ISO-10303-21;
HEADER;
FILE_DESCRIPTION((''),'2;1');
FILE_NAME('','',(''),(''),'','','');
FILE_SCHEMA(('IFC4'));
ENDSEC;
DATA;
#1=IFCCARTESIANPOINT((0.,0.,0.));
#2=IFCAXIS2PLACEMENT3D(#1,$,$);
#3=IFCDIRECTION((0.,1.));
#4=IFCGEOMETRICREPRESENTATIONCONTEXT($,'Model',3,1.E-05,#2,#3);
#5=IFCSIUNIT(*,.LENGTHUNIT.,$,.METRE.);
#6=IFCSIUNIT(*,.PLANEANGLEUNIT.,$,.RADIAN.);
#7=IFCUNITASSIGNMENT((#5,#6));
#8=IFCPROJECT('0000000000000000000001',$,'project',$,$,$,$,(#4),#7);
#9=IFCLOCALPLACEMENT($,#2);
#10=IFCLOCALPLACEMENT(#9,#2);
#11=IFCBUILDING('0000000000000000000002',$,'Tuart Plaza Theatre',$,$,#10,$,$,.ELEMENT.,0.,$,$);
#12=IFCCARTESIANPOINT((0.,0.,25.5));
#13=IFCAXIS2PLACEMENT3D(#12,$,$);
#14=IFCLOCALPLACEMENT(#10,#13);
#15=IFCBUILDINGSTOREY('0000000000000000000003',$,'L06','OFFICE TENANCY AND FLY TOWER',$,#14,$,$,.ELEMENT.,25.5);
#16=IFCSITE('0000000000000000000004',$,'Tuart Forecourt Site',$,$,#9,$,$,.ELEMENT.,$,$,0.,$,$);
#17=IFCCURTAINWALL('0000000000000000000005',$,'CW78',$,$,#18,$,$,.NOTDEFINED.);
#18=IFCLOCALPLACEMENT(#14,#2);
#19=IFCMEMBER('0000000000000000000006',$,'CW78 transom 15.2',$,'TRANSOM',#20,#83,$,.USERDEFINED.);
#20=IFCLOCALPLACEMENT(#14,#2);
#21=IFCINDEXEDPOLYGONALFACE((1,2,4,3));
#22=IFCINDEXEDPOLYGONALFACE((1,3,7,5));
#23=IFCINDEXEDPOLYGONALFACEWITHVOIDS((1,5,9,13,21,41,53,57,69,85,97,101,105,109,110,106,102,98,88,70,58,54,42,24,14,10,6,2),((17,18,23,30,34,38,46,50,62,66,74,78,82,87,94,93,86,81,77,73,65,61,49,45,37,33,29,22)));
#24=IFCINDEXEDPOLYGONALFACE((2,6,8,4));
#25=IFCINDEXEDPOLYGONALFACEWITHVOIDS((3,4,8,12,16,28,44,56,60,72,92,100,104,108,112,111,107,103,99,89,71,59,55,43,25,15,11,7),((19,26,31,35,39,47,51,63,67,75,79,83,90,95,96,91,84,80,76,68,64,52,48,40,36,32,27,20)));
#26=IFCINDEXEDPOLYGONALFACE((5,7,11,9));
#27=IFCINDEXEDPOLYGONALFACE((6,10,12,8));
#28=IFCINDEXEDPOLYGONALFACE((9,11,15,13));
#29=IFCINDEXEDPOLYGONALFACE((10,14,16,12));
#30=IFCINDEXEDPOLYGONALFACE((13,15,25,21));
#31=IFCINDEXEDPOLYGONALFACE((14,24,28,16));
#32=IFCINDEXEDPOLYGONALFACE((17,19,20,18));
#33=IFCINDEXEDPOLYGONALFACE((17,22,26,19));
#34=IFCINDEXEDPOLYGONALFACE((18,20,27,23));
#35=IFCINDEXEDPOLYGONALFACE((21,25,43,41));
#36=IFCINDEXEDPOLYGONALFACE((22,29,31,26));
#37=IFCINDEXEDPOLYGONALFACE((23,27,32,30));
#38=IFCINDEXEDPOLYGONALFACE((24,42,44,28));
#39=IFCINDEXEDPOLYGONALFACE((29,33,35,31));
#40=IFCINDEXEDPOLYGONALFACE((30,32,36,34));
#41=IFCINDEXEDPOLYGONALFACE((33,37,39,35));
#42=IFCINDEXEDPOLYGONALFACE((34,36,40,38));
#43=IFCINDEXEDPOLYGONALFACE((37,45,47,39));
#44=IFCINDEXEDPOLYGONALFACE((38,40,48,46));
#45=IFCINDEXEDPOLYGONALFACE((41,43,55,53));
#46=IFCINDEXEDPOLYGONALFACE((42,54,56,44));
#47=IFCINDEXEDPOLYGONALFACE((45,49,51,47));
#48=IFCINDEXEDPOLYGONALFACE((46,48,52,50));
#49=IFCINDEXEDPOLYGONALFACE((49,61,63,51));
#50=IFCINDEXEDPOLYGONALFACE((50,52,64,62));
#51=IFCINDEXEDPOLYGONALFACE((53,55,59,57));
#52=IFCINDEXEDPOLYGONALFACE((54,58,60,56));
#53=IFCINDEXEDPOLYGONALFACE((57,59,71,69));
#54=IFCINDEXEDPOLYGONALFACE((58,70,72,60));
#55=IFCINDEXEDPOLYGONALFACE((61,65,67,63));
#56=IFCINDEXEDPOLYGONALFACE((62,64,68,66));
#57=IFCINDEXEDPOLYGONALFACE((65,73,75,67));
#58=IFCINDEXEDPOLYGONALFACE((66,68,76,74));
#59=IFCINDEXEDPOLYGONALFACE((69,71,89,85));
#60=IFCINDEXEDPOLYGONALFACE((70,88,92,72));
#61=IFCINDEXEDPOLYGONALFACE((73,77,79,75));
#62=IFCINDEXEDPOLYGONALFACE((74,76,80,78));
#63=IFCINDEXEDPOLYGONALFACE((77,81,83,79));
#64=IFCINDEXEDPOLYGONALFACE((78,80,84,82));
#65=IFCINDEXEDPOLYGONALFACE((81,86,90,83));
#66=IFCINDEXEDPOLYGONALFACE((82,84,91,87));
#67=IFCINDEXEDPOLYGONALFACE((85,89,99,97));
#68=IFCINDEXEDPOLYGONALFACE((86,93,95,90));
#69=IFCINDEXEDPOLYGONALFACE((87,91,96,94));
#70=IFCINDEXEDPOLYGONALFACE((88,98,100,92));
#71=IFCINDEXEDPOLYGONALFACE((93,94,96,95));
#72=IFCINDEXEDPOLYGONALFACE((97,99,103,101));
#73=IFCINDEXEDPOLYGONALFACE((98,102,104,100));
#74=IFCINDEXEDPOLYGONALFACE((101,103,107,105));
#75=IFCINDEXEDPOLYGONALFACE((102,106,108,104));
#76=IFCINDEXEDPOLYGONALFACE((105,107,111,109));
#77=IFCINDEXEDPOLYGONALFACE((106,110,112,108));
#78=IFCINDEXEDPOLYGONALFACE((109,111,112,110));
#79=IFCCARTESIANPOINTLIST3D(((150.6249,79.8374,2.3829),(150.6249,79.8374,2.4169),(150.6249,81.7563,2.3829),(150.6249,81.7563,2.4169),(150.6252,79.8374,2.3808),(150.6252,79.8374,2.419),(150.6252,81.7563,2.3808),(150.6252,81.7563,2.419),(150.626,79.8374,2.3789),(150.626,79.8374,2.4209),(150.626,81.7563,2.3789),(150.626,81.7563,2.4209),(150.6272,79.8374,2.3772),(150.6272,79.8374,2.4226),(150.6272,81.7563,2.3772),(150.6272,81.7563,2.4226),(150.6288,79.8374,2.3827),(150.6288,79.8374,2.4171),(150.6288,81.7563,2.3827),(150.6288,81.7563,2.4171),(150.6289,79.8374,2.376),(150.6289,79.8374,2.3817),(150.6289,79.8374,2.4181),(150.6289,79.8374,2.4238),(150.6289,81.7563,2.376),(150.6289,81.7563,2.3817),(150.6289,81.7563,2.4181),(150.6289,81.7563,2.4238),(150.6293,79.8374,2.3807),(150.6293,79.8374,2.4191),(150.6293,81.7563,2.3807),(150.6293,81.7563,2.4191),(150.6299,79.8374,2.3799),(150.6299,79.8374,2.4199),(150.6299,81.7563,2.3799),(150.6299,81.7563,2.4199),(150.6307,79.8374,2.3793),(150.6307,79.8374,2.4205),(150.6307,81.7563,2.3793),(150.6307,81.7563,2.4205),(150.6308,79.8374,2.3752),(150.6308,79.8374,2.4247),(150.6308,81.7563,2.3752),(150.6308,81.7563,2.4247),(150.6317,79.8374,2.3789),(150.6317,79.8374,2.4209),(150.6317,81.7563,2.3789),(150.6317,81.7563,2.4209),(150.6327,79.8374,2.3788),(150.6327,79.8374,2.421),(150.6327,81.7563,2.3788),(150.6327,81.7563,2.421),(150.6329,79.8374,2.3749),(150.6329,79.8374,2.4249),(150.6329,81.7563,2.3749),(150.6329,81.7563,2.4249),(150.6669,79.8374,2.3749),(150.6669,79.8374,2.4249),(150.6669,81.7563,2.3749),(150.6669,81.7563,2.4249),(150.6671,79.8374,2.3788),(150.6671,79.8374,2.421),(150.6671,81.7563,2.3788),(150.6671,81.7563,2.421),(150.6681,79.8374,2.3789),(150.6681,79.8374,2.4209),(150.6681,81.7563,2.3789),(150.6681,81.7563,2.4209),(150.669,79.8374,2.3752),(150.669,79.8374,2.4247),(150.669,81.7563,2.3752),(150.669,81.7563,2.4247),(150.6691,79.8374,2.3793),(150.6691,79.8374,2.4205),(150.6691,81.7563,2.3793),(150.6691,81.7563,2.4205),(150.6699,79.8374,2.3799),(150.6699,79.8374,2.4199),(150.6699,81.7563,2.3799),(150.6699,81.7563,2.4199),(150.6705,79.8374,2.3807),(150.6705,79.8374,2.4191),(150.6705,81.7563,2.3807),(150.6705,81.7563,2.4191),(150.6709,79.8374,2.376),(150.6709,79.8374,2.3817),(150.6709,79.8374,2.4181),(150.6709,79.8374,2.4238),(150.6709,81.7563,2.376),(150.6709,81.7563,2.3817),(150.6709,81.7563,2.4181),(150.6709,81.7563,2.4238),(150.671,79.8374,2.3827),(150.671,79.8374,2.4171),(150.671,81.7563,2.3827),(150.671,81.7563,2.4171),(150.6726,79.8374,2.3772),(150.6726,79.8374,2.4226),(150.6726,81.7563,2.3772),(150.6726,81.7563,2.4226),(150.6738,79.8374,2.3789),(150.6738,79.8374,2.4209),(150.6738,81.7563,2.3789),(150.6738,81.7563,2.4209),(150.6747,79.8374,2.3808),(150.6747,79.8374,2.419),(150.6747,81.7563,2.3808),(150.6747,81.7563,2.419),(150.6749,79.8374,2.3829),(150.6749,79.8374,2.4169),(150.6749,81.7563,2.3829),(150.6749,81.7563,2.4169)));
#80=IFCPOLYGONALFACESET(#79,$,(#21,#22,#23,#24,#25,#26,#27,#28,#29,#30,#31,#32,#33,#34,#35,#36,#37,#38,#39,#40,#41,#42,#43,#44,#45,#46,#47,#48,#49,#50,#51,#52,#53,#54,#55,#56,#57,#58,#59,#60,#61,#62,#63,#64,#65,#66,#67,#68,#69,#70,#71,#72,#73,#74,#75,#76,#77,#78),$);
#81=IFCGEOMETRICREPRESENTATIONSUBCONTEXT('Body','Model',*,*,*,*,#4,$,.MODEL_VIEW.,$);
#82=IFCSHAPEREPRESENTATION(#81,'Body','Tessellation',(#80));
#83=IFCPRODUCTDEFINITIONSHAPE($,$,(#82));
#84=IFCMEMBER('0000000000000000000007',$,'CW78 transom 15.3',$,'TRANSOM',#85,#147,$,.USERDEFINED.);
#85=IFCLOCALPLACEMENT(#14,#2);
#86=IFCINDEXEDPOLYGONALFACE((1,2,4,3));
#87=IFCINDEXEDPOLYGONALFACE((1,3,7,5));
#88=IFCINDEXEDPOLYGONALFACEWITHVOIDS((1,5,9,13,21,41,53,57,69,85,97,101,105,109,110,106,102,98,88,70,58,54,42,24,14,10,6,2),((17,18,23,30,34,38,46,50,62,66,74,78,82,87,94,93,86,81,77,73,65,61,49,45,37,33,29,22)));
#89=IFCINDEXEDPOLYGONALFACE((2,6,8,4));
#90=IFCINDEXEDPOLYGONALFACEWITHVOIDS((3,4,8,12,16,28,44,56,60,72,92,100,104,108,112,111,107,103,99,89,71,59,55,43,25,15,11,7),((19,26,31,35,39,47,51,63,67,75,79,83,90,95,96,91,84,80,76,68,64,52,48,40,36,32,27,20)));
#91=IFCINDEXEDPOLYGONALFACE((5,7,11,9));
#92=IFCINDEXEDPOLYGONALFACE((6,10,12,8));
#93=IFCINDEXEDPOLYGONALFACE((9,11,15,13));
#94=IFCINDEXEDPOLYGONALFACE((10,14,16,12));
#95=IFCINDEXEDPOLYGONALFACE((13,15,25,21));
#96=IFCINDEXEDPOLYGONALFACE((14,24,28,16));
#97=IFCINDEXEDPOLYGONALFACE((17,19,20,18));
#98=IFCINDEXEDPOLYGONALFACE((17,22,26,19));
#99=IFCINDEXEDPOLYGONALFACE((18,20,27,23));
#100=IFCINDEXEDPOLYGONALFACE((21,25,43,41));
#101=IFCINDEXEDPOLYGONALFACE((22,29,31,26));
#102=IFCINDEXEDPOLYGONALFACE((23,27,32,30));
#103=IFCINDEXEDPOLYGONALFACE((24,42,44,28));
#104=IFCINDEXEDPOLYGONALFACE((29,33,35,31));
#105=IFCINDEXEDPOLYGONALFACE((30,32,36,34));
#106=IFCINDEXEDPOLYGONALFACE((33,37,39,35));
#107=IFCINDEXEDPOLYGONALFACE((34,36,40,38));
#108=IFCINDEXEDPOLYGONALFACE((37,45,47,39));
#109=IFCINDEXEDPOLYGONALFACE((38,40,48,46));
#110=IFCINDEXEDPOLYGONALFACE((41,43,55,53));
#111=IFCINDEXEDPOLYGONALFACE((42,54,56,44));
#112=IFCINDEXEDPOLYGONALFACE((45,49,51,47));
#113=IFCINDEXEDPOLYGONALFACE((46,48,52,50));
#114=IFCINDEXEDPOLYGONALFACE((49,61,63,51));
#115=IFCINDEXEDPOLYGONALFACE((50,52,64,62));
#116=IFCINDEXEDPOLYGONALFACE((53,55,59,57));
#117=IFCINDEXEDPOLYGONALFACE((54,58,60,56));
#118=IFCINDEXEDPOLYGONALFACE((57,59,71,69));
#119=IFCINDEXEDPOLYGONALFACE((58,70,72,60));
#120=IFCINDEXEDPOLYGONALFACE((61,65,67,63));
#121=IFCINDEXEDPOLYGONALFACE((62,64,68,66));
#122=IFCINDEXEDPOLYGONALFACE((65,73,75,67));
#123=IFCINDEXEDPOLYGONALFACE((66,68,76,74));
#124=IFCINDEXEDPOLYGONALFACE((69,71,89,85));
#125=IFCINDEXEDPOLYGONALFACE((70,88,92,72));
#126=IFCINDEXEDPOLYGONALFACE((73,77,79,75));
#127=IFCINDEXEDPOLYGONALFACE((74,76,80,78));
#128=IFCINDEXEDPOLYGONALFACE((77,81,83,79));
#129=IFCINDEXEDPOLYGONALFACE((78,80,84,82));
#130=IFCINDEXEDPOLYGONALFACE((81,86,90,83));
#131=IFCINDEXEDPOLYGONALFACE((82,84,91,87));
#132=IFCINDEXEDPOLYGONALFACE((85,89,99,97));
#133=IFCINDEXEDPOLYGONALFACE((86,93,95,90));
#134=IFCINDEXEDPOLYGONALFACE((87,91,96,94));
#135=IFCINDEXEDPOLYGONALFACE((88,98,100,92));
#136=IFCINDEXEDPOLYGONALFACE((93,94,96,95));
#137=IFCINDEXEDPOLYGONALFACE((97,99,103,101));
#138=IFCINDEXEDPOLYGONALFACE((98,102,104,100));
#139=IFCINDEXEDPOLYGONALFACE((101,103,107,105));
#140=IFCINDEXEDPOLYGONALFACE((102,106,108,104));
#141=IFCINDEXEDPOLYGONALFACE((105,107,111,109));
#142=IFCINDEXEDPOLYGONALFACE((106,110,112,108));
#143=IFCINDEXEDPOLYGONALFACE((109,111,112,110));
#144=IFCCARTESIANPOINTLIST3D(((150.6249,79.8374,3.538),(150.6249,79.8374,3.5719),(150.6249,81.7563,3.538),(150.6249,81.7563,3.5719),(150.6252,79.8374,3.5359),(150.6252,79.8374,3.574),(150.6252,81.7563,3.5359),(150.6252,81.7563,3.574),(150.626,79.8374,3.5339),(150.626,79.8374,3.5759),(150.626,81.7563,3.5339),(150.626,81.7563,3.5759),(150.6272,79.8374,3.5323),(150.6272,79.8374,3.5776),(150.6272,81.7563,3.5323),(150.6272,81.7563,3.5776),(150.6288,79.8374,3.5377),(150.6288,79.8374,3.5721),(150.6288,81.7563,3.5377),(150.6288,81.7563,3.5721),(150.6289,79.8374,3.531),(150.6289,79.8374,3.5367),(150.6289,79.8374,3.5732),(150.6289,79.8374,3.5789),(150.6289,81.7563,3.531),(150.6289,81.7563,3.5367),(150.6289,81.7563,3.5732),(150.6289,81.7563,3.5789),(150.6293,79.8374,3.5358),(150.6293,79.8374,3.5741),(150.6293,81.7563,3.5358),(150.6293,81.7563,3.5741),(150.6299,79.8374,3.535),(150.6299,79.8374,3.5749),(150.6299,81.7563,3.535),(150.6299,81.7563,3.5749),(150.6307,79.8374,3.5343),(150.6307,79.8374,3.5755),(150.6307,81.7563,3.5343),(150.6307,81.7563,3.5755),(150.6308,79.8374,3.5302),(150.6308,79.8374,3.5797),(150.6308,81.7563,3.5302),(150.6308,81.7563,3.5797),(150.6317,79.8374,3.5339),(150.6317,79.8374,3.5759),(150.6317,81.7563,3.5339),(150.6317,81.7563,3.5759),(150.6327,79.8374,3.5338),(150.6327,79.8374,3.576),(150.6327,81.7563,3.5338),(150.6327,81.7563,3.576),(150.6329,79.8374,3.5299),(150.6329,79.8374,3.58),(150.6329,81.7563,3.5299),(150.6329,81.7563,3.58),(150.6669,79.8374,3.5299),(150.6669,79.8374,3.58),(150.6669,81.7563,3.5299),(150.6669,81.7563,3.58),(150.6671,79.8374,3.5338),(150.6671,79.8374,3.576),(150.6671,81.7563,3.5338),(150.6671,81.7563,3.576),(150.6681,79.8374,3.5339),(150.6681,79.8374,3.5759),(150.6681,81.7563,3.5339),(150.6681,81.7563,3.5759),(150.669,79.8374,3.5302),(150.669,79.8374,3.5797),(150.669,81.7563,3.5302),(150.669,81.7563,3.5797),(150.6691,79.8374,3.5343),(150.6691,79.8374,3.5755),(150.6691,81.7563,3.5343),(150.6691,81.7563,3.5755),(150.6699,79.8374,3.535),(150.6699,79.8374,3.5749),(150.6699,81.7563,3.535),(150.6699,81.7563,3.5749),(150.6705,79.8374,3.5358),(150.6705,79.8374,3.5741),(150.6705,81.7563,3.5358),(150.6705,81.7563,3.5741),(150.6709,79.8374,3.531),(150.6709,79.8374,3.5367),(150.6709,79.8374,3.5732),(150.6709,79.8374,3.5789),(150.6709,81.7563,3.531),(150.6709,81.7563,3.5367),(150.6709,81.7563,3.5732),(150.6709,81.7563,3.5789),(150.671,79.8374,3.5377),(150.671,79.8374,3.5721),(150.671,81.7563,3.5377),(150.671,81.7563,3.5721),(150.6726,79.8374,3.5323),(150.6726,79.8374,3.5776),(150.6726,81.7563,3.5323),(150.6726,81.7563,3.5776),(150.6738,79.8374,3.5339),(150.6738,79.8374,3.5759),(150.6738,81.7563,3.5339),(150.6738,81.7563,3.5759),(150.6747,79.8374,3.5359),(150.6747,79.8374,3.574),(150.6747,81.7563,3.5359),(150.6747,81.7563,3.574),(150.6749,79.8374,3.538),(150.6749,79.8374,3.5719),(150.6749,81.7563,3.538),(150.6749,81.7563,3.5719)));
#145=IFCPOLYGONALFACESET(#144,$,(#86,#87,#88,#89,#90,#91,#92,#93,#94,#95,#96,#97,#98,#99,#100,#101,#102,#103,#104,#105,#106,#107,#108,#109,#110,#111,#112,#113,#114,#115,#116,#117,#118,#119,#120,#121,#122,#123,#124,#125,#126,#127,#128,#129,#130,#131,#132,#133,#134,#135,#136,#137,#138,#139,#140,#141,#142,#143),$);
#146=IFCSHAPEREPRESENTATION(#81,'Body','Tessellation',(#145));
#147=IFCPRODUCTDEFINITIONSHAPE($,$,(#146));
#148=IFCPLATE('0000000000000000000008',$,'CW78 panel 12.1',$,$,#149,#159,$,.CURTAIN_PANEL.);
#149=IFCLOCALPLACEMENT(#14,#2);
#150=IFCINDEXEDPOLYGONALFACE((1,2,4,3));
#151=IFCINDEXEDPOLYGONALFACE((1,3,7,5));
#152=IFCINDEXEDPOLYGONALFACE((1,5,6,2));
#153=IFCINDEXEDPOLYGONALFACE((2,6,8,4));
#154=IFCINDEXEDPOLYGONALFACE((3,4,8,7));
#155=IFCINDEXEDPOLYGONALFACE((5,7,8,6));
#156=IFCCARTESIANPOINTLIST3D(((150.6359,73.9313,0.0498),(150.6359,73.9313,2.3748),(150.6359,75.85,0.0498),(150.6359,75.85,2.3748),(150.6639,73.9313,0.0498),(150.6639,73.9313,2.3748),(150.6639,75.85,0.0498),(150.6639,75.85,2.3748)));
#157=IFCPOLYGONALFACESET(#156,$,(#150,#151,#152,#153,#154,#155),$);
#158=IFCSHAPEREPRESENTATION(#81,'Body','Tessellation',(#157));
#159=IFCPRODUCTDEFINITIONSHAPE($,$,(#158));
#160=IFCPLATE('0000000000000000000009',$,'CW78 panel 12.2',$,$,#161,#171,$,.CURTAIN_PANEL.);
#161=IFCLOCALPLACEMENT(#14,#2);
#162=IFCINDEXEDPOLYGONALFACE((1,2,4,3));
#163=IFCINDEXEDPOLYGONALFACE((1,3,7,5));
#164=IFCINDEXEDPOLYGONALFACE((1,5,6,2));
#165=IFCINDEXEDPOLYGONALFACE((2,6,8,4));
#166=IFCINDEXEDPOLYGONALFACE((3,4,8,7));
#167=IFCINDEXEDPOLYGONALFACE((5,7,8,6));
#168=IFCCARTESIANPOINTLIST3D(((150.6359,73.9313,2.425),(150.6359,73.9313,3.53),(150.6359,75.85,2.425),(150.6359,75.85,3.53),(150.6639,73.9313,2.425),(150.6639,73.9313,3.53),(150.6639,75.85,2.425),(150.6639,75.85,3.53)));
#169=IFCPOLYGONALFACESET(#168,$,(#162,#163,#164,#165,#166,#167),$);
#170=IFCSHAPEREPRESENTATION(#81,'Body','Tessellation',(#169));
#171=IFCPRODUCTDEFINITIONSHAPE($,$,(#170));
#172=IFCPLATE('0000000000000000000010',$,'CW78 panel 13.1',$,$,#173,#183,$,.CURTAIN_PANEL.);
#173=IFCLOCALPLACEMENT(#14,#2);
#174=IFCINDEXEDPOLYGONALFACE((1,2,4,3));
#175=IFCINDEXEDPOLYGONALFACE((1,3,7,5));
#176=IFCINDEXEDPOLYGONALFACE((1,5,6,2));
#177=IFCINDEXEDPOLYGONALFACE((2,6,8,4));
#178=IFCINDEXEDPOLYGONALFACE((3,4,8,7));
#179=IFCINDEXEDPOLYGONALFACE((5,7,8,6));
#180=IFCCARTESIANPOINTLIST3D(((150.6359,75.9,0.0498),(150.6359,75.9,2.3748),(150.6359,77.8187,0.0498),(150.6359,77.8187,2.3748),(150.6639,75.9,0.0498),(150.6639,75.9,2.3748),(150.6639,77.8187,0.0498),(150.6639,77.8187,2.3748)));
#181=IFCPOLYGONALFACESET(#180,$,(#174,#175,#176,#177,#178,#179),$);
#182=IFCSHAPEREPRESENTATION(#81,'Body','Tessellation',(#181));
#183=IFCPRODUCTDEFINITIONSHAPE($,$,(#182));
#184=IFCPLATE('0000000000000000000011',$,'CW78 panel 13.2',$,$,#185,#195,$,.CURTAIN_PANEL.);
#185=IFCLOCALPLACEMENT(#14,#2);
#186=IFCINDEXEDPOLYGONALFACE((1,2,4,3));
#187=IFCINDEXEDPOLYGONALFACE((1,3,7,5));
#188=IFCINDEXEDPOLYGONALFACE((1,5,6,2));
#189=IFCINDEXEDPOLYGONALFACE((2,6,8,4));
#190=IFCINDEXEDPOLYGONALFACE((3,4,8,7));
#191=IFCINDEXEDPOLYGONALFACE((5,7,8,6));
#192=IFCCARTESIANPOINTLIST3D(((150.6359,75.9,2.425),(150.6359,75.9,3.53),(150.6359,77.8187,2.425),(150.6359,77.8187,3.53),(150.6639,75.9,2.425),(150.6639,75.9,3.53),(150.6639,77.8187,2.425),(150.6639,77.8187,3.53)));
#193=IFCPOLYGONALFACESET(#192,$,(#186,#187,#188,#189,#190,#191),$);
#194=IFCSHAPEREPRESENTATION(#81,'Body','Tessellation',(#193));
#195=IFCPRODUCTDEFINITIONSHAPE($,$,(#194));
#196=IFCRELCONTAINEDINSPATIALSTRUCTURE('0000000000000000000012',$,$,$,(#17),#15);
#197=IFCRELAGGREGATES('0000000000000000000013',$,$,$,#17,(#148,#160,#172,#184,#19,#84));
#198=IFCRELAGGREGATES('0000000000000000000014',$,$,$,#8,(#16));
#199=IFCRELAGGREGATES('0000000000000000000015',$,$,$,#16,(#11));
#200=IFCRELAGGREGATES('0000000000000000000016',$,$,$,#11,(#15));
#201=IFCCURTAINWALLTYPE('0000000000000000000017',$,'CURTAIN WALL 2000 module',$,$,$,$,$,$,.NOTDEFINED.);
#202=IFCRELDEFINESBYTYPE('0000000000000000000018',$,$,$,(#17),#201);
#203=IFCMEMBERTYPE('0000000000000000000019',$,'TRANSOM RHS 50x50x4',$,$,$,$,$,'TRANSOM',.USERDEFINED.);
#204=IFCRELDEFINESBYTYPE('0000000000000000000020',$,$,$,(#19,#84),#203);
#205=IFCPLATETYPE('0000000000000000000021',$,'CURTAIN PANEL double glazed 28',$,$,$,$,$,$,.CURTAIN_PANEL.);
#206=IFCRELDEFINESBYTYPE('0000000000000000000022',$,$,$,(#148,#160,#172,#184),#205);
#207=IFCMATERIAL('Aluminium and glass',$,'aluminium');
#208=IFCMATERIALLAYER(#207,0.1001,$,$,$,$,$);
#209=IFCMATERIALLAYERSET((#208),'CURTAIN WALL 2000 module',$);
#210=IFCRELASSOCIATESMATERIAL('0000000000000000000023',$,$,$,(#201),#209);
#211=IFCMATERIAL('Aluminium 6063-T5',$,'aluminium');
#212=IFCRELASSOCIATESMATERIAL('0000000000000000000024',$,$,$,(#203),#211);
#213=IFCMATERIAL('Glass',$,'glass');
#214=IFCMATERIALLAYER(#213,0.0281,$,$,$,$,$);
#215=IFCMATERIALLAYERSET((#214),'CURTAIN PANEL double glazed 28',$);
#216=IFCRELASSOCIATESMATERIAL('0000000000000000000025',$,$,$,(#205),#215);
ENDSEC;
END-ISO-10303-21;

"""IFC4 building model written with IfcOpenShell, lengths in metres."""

from ifc_helpers import new_model, si_unit, direction, frame, origin, origin_2d, place, context, subcontext, project, spatial, rectangle, hollow_rectangle, extrude, material, layer, layer_set, material_profile, profile_set, type_object, element, aggregate, save


model = new_model("IFC4")

# Units and contexts
model_context = context("Model", 3, precision=1e-05, world=origin(), true_north=direction((0.0, 1.0)))
body_context = subcontext(model_context, "Body", "Model", "MODEL_VIEW")
ifc_project = project(units=[si_unit("LENGTHUNIT", "METRE"), si_unit("PLANEANGLEUNIT", "RADIAN")], contexts=[model_context])

# Site, building, storey
site_placement = place(None, origin())
site = spatial("IfcSite", under=ifc_project, at=site_placement, Name="Tuart Forecourt Site", CompositionType="ELEMENT", RefElevation=0.0)
building_placement = place(site_placement, origin())
building = spatial("IfcBuilding", under=site, at=building_placement, Name="Tuart Plaza Theatre", CompositionType="ELEMENT", ElevationOfRefHeight=0.0)
storey_placement = place(building_placement, frame((0.0, 0.0, 25.5)))
storey = spatial("IfcBuildingStorey", under=building, at=storey_placement, Name="L06", Description="OFFICE TENANCY AND FLY TOWER", CompositionType="ELEMENT", Elevation=25.5)

# Curtain wall, members, plates
ifc_material_1 = material(Name="Aluminium and glass", Category="aluminium")
ifc_layer_1 = layer(ifc_material_1, 0.1001)
ifc_layer_set_1 = layer_set([ifc_layer_1], Name="CURTAIN WALL 2000 module")
curtain_wall_type = type_object("IfcCurtainWallType", Name="CURTAIN WALL 2000 module", PredefinedType="NOTDEFINED", material=ifc_layer_set_1)
curtain_wall_placement = place(storey_placement, origin())
curtain_wall = element("IfcCurtainWall", 1, at=curtain_wall_placement, inside=storey, type_object=curtain_wall_type, Name="CW78", PredefinedType="NOTDEFINED")
ifc_material_2 = material(Name="Aluminium 6063-T5", Category="aluminium")
ifc_material_profile_1 = material_profile(ifc_material_2, hollow_rectangle(XDim=0.05, YDim=0.05, WallThickness=0.0039, InnerFilletRadius=0.0039, OuterFilletRadius=0.0081, at=origin_2d()), Name="RHS 50x50x4")
ifc_profile_set_1 = profile_set([ifc_material_profile_1], Name="Aluminium 6063-T5")
member_type_1 = type_object("IfcMemberType", Name="TRANSOM RHS 50x50x4", ElementType="TRANSOM", PredefinedType="USERDEFINED", material=ifc_profile_set_1)
member_1_placement = place(storey_placement, frame((150.6499, 79.8374, 2.3999), z_axis=(0.0, 1.0, 0.0), x_axis=(-1.0, 0.0, 0.0)))
member_1 = element("IfcMember", 2, at=member_1_placement, type_object=member_type_1, Name="CW78 transom 15.2", ObjectType="TRANSOM", PredefinedType="USERDEFINED", context=body_context, shape_type="SweptSolid", body=[
    extrude(hollow_rectangle(XDim=0.05, YDim=0.05, WallThickness=0.0039, InnerFilletRadius=0.0039, OuterFilletRadius=0.0081, at=origin_2d()), origin(), (0.0, 0.0, 1.0), 1.9189),
])
member_2_placement = place(storey_placement, frame((150.6499, 79.8374, 3.5549), z_axis=(0.0, 1.0, 0.0), x_axis=(-1.0, 0.0, 0.0)))
member_2 = element("IfcMember", 3, at=member_2_placement, type_object=member_type_1, Name="CW78 transom 15.3", ObjectType="TRANSOM", PredefinedType="USERDEFINED", context=body_context, shape_type="SweptSolid", body=[
    extrude(hollow_rectangle(XDim=0.05, YDim=0.05, WallThickness=0.0039, InnerFilletRadius=0.0039, OuterFilletRadius=0.0081, at=origin_2d()), origin(), (0.0, 0.0, 1.0), 1.9189),
])
ifc_material_3 = material(Name="Glass", Category="glass")
ifc_layer_2 = layer(ifc_material_3, 0.0281)
ifc_layer_set_2 = layer_set([ifc_layer_2], Name="CURTAIN PANEL double glazed 28")
plate_type = type_object("IfcPlateType", Name="CURTAIN PANEL double glazed 28", PredefinedType="CURTAIN_PANEL", material=ifc_layer_set_2)
plate_1_placement = place(storey_placement, frame((150.6499, 74.8906, 0.0498), z_axis=(0.0, 0.0, 1.0), x_axis=(0.0, 1.0, 0.0)))
plate_1 = element("IfcPlate", 4, at=plate_1_placement, type_object=plate_type, Name="CW78 panel 12.1", PredefinedType="CURTAIN_PANEL", context=body_context, shape_type="SweptSolid", body=[
    extrude(rectangle(XDim=1.9187, YDim=0.0281, at=origin_2d()), origin(), (0.0, 0.0, 1.0), 2.325),
])
plate_2_placement = place(storey_placement, frame((150.6499, 74.8906, 2.425), z_axis=(0.0, 0.0, 1.0), x_axis=(0.0, 1.0, 0.0)))
plate_2 = element("IfcPlate", 5, at=plate_2_placement, type_object=plate_type, Name="CW78 panel 12.2", PredefinedType="CURTAIN_PANEL", context=body_context, shape_type="SweptSolid", body=[
    extrude(rectangle(XDim=1.9187, YDim=0.0281, at=origin_2d()), origin(), (0.0, 0.0, 1.0), 1.105),
])
plate_3_placement = place(storey_placement, frame((150.6499, 76.8594, 0.0498), z_axis=(0.0, 0.0, 1.0), x_axis=(0.0, 1.0, 0.0)))
plate_3 = element("IfcPlate", 6, at=plate_3_placement, type_object=plate_type, Name="CW78 panel 13.1", PredefinedType="CURTAIN_PANEL", context=body_context, shape_type="SweptSolid", body=[
    extrude(rectangle(XDim=1.9187, YDim=0.0281, at=origin_2d()), origin(), (0.0, 0.0, 1.0), 2.325),
])
plate_4_placement = place(storey_placement, frame((150.6499, 76.8594, 2.425), z_axis=(0.0, 0.0, 1.0), x_axis=(0.0, 1.0, 0.0)))
plate_4 = element("IfcPlate", 7, at=plate_4_placement, type_object=plate_type, Name="CW78 panel 13.2", PredefinedType="CURTAIN_PANEL", context=body_context, shape_type="SweptSolid", body=[
    extrude(rectangle(XDim=1.9187, YDim=0.0281, at=origin_2d()), origin(), (0.0, 0.0, 1.0), 1.105),
])
aggregate(curtain_wall, [plate_1, plate_2, plate_3, plate_4, member_1, member_2])

save(model, "model.ifc")
